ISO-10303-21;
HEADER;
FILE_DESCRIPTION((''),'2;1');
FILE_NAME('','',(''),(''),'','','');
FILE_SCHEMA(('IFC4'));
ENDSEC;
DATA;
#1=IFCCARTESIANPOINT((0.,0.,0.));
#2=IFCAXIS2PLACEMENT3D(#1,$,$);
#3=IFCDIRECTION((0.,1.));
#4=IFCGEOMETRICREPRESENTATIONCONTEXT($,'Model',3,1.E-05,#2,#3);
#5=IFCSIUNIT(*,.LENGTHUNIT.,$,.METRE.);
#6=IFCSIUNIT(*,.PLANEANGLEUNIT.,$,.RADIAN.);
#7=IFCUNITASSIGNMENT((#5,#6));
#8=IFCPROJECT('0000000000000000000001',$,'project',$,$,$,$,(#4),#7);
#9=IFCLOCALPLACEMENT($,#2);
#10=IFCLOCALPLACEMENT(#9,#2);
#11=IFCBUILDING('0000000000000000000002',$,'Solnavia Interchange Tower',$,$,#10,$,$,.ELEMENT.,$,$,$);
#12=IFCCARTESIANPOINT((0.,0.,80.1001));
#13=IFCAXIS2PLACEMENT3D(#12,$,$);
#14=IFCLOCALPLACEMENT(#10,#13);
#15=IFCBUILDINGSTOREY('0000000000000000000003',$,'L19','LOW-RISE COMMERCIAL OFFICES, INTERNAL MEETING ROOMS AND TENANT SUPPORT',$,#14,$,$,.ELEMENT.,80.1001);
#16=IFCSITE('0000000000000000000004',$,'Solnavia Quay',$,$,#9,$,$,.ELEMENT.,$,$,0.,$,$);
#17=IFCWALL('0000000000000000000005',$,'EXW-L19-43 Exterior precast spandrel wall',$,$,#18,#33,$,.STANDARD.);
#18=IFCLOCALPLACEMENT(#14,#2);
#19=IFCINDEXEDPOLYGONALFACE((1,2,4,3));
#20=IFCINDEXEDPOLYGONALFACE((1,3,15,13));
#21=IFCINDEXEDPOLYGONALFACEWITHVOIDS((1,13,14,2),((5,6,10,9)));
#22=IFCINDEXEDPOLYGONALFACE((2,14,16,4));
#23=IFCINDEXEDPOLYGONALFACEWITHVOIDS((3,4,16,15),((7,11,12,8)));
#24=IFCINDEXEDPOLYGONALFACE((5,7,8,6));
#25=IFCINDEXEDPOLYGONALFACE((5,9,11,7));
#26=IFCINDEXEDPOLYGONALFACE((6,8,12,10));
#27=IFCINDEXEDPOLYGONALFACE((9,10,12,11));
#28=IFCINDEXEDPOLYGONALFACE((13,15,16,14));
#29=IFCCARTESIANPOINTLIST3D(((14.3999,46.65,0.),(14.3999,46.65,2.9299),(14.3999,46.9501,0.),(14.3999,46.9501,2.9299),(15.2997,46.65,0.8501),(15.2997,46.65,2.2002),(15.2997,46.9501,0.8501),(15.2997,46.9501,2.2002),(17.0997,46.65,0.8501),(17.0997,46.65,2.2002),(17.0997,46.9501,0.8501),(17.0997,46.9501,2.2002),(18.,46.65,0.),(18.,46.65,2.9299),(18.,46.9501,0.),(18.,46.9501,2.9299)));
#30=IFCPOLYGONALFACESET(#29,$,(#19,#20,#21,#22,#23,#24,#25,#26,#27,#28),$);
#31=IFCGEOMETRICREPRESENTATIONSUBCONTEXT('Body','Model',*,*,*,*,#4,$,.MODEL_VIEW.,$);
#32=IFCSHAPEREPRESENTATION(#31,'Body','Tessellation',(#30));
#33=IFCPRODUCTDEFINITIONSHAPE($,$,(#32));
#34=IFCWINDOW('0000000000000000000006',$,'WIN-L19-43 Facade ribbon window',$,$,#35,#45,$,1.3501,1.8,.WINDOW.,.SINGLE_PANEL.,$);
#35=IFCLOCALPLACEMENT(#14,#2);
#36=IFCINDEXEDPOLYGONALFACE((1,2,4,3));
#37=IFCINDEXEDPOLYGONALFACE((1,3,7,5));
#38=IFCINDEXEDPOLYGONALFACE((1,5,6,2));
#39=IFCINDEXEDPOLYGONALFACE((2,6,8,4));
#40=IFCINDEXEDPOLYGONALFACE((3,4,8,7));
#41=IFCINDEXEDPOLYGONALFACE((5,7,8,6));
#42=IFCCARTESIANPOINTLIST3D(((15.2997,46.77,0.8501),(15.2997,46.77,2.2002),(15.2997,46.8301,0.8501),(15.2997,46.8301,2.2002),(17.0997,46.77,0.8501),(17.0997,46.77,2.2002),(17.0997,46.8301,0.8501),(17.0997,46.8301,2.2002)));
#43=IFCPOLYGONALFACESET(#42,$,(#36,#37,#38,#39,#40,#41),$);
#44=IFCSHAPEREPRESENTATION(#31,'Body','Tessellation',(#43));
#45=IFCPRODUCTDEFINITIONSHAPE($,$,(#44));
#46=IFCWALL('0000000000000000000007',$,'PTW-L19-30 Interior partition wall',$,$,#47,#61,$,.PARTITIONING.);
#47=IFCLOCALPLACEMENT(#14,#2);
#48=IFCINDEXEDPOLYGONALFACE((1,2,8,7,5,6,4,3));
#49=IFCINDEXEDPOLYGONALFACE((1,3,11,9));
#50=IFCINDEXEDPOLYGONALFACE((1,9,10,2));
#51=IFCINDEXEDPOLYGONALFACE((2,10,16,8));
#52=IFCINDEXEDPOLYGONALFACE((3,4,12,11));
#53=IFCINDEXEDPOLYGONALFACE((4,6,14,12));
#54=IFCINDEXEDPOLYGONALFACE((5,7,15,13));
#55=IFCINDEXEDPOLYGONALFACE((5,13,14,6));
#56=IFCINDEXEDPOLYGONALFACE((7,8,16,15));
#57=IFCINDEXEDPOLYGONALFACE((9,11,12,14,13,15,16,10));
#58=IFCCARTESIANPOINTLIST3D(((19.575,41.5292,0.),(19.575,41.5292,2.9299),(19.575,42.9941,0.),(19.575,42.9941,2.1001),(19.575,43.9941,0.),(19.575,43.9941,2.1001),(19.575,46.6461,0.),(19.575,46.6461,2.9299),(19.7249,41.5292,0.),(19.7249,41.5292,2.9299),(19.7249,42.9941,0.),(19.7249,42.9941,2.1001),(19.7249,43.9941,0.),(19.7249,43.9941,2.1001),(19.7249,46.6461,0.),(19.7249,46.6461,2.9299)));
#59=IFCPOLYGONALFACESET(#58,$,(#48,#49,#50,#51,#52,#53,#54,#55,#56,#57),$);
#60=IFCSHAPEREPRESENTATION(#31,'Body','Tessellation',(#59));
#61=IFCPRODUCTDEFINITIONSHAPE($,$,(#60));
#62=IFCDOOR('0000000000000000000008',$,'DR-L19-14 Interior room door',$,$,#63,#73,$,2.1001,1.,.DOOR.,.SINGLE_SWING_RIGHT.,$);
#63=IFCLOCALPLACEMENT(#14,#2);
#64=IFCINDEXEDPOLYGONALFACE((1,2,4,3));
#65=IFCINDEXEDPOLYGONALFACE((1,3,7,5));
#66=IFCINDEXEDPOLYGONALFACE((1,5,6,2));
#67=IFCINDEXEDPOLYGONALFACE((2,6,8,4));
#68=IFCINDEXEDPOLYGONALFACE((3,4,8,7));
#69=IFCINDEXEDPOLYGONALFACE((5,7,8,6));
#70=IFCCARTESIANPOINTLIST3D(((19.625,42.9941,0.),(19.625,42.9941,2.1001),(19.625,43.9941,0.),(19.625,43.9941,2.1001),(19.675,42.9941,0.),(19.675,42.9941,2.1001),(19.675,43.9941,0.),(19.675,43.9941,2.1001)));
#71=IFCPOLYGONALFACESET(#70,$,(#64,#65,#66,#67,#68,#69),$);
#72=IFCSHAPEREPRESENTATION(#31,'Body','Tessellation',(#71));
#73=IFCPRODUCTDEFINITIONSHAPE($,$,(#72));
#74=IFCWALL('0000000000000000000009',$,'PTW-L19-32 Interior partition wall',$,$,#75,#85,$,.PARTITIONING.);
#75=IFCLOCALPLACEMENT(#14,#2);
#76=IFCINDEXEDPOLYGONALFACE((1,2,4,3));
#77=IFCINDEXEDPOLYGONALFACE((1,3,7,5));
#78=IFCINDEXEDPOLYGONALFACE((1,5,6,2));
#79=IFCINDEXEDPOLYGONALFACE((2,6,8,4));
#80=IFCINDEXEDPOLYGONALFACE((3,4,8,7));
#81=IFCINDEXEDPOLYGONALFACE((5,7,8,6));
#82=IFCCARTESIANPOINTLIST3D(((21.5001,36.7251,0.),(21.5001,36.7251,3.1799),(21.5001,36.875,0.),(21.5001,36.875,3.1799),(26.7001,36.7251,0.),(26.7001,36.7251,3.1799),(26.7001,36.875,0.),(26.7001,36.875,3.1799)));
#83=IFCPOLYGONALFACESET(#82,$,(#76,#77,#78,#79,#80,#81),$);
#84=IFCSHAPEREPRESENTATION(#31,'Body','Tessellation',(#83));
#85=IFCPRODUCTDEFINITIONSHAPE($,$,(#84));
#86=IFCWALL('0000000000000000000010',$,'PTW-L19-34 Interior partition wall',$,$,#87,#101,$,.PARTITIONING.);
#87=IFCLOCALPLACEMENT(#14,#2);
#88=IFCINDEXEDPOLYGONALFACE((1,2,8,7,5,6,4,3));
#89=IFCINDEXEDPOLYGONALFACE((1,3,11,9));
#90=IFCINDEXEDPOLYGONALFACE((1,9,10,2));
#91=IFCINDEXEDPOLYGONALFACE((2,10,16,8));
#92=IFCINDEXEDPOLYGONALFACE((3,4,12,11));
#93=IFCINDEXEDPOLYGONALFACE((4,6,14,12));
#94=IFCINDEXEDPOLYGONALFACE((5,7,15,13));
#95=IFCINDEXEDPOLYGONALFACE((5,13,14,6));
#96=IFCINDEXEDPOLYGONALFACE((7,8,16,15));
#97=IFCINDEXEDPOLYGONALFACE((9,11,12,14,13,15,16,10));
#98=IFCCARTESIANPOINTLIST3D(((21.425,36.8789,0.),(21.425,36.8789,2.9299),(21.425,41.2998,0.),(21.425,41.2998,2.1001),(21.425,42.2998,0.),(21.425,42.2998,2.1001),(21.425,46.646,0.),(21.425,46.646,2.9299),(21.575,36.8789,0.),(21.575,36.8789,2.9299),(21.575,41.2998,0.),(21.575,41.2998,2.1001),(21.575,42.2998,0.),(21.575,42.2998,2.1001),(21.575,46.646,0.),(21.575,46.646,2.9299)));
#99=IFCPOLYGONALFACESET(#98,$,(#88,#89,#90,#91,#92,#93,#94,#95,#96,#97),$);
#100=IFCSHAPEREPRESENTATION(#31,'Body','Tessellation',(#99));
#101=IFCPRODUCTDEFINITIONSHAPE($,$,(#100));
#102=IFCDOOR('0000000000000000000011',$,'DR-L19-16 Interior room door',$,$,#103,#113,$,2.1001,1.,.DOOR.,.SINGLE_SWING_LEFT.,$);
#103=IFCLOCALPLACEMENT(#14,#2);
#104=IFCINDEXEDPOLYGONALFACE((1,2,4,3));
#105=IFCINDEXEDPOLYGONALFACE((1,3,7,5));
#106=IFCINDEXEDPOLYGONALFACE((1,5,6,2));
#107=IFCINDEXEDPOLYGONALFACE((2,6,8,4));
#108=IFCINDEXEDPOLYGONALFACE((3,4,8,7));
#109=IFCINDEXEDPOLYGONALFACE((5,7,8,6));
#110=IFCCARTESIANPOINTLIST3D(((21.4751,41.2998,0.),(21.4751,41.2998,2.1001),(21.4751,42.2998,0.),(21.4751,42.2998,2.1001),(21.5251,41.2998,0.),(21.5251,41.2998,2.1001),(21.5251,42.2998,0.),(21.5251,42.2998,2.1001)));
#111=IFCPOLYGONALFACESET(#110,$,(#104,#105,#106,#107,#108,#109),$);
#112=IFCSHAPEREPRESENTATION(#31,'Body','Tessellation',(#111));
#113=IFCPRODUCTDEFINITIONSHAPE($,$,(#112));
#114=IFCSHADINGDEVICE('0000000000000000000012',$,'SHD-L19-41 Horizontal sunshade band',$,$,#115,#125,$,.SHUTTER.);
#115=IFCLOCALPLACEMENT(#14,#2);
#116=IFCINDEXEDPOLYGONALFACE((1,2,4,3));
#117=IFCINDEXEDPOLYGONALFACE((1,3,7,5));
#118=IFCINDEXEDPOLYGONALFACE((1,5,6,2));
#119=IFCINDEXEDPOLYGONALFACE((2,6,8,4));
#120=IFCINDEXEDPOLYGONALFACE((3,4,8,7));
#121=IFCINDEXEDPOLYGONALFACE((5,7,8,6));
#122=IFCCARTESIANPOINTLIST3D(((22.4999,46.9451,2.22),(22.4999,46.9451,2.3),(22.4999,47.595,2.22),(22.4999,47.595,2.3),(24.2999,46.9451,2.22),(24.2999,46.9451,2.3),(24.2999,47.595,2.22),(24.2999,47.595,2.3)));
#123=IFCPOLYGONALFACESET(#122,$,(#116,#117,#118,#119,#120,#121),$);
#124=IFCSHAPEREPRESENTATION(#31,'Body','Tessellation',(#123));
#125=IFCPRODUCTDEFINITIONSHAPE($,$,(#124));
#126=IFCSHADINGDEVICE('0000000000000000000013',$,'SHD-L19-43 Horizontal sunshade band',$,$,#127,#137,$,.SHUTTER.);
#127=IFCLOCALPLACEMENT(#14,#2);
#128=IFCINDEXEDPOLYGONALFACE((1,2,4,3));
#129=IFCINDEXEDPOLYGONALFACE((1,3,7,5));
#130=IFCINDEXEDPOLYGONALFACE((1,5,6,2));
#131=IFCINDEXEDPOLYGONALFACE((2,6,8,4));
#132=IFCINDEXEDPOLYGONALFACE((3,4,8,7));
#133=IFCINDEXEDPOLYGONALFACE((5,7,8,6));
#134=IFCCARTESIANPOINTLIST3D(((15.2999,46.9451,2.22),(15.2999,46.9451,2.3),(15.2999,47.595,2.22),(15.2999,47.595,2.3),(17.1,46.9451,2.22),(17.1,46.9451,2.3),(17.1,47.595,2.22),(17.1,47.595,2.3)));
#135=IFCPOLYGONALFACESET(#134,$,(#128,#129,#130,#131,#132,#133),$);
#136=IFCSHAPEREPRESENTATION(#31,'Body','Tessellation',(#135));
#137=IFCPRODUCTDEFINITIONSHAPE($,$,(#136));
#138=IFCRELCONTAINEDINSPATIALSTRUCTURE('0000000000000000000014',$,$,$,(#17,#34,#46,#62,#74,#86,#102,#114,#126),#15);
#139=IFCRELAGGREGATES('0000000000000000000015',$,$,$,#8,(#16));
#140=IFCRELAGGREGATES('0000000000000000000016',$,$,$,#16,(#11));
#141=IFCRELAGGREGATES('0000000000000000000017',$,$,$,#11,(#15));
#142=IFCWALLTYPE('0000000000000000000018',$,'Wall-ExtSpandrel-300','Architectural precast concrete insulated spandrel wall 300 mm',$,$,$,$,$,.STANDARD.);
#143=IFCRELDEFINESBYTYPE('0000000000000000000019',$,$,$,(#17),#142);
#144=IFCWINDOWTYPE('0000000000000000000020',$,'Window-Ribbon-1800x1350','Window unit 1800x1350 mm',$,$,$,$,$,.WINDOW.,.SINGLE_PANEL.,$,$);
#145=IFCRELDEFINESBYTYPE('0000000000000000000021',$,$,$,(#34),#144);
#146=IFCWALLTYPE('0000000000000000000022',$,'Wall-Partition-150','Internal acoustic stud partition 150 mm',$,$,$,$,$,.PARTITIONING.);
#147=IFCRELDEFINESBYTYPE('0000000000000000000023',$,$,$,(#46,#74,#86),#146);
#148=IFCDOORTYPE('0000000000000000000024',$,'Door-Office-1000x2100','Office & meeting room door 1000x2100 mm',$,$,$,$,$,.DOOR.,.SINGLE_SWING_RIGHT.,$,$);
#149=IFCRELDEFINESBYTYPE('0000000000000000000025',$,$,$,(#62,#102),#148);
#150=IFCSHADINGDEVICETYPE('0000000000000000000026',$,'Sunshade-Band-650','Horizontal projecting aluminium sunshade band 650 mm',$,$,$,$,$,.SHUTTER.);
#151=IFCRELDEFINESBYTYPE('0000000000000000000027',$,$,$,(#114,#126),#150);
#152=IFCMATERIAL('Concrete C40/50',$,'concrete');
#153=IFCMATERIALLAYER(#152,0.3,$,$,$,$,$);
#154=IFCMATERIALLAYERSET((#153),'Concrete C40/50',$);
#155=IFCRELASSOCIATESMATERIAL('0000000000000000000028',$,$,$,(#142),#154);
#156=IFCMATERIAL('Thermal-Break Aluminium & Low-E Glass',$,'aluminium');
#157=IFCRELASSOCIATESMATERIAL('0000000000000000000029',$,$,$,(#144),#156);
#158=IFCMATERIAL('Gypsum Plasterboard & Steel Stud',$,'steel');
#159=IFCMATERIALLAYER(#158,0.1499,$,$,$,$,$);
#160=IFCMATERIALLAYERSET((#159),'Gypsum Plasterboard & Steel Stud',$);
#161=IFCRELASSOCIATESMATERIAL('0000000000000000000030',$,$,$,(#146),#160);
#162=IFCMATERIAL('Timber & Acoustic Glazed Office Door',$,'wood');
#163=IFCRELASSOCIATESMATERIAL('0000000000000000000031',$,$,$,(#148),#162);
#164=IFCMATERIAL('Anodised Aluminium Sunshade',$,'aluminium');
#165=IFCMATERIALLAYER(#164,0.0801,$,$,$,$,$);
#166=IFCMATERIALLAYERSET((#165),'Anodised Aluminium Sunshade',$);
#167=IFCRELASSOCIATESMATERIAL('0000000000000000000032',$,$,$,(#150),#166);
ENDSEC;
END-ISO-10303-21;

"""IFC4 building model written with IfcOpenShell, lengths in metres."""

from ifc_helpers import new_model, si_unit, direction, frame, frame_2d, origin, origin_2d, place, context, subcontext, project, spatial, rectangle, extrude, material, layer, layer_set, type_object, element, fill, save


model = new_model("IFC4")

# Units and contexts
model_context = context("Model", 3, precision=1e-05, world=origin(), true_north=direction((0.0, 1.0)))
body_context = subcontext(model_context, "Body", "Model", "MODEL_VIEW")
ifc_project = project(units=[si_unit("LENGTHUNIT", "METRE"), si_unit("PLANEANGLEUNIT", "RADIAN")], contexts=[model_context])

# Site, building, storey
site_placement = place(None, origin())
site = spatial("IfcSite", under=ifc_project, at=site_placement, Name="Solnavia Quay", CompositionType="ELEMENT", RefElevation=0.0)
building_placement = place(site_placement, origin())
building = spatial("IfcBuilding", under=site, at=building_placement, Name="Solnavia Interchange Tower", CompositionType="ELEMENT")
storey_placement = place(building_placement, frame((0.0, 0.0, 80.1001)))
storey = spatial("IfcBuildingStorey", under=building, at=storey_placement, Name="L19", Description="LOW-RISE COMMERCIAL OFFICES, INTERNAL MEETING ROOMS AND TENANT SUPPORT", CompositionType="ELEMENT", Elevation=80.1001)

# Shared definitions
ifc_material_1 = material(Name="Concrete C40/50", Category="concrete")
ifc_layer_1 = layer(ifc_material_1, 0.3)
ifc_layer_set_1 = layer_set([ifc_layer_1], Name="Concrete C40/50")
wall_type_1 = type_object("IfcWallType", Name="Wall-ExtSpandrel-300", Description="Architectural precast concrete insulated spandrel wall 300 mm", PredefinedType="STANDARD", material=ifc_layer_set_1)
ifc_material_2 = material(Name="Thermal-Break Aluminium & Low-E Glass", Category="aluminium")
window_type = type_object("IfcWindowType", Name="Window-Ribbon-1800x1350", Description="Window unit 1800x1350 mm", PartitioningType="SINGLE_PANEL", PredefinedType="WINDOW", material=ifc_material_2)

# Wall, opening, window
wall_1_placement = place(storey_placement, frame((14.3999, 46.8, 0.0), z_axis=(0.0, 0.0, 1.0), x_axis=(1.0, 0.0, 0.0)))
wall_1 = element("IfcWall", 1, at=wall_1_placement, inside=storey, type_object=wall_type_1, Name="EXW-L19-43 Exterior precast spandrel wall", PredefinedType="STANDARD", context=body_context, shape_type="SweptSolid", body=[
    extrude(rectangle(XDim=3.6001, YDim=0.3, at=frame_2d((1.8, 0.0))), origin(), (0.0, 0.0, 1.0), 2.9299),
])
opening_1_placement = place(wall_1_placement, frame((0.8999, 0.0, 0.8501)))
opening_1 = element("IfcOpeningElement", 2, at=opening_1_placement, cuts=wall_1, PredefinedType="OPENING", context=body_context, shape_type="SweptSolid", body=[
    extrude(rectangle(XDim=1.8, YDim=1.3501, at=frame_2d((0.8999, 0.675))), frame((0.0, 0.1602, 0.0), z_axis=(0.0, -1.0, 0.0), x_axis=(1.0, 0.0, 0.0)), (0.0, 0.0, 1.0), 0.3201),
])
window_1_placement = place(opening_1_placement, origin())
window_1 = element("IfcWindow", 3, at=window_1_placement, inside=storey, type_object=window_type, Name="WIN-L19-43 Facade ribbon window", OverallHeight=1.3501, OverallWidth=1.8, PartitioningType="SINGLE_PANEL", PredefinedType="WINDOW", context=body_context, shape_type="SweptSolid", body=[
    extrude(rectangle(XDim=1.8, YDim=1.3501, at=frame_2d((0.8999, 0.675))), frame((0.0, 0.03, 0.0), z_axis=(0.0, -1.0, 0.0), x_axis=(1.0, 0.0, 0.0)), (0.0, 0.0, 1.0), 0.0601),
])
fill(opening_1, window_1)

# Wall, opening, door
ifc_material_3 = material(Name="Gypsum Plasterboard & Steel Stud", Category="steel")
ifc_layer_2 = layer(ifc_material_3, 0.1499)
ifc_layer_set_2 = layer_set([ifc_layer_2], Name="Gypsum Plasterboard & Steel Stud")
wall_type_2 = type_object("IfcWallType", Name="Wall-Partition-150", Description="Internal acoustic stud partition 150 mm", PredefinedType="PARTITIONING", material=ifc_layer_set_2)
wall_2_placement = place(storey_placement, frame((19.6499, 41.5291, 0.0), z_axis=(0.0, 0.0, 1.0), x_axis=(0.0, 1.0, 0.0)))
wall_2 = element("IfcWall", 4, at=wall_2_placement, inside=storey, type_object=wall_type_2, Name="PTW-L19-30 Interior partition wall", PredefinedType="PARTITIONING", context=body_context, shape_type="SweptSolid", body=[
    extrude(rectangle(XDim=5.1169, YDim=0.1499, at=frame_2d((2.5586, 0.0))), origin(), (0.0, 0.0, 1.0), 2.9299),
])
opening_2_placement = place(wall_2_placement, frame((1.4651, 0.0, 0.0)))
opening_2 = element("IfcOpeningElement", 5, at=opening_2_placement, cuts=wall_2, PredefinedType="OPENING", context=body_context, shape_type="SweptSolid", body=[
    extrude(rectangle(XDim=1.0, YDim=2.1001, at=frame_2d((0.5, 1.05))), frame((0.0, 0.085, 0.0), z_axis=(0.0, -1.0, 0.0), x_axis=(1.0, 0.0, 0.0)), (0.0, 0.0, 1.0), 0.1699),
])
ifc_material_4 = material(Name="Timber & Acoustic Glazed Office Door", Category="wood")
door_type = type_object("IfcDoorType", Name="Door-Office-1000x2100", Description="Office & meeting room door 1000x2100 mm", OperationType="SINGLE_SWING_RIGHT", PredefinedType="DOOR", material=ifc_material_4)
door_1_placement = place(opening_2_placement, origin())
door_1 = element("IfcDoor", 6, at=door_1_placement, inside=storey, type_object=door_type, Name="DR-L19-14 Interior room door", OperationType="SINGLE_SWING_RIGHT", OverallHeight=2.1001, OverallWidth=1.0, PredefinedType="DOOR", context=body_context, shape_type="SweptSolid", body=[
    extrude(rectangle(XDim=1.0, YDim=2.1001, at=frame_2d((0.5, 1.05))), frame((0.0, 0.0249, 0.0), z_axis=(0.0, -1.0, 0.0), x_axis=(1.0, 0.0, 0.0)), (0.0, 0.0, 1.0), 0.05),
])
fill(opening_2, door_1)

# Wall
wall_3_placement = place(storey_placement, frame((21.5, 36.8, 0.0), z_axis=(0.0, 0.0, 1.0), x_axis=(1.0, 0.0, 0.0)))
element("IfcWall", 7, at=wall_3_placement, inside=storey, type_object=wall_type_2, Name="PTW-L19-32 Interior partition wall", PredefinedType="PARTITIONING", context=body_context, shape_type="SweptSolid", body=[
    extrude(rectangle(XDim=5.2, YDim=0.1499, at=frame_2d((2.6001, 0.0))), origin(), (0.0, 0.0, 1.0), 3.1799),
])

# Wall, opening, door
wall_4_placement = place(storey_placement, frame((21.5, 36.8789, 0.0), z_axis=(0.0, 0.0, 1.0), x_axis=(0.0, 1.0, 0.0)))
wall_4 = element("IfcWall", 8, at=wall_4_placement, inside=storey, type_object=wall_type_2, Name="PTW-L19-34 Interior partition wall", PredefinedType="PARTITIONING", context=body_context, shape_type="SweptSolid", body=[
    extrude(rectangle(XDim=9.7671, YDim=0.1499, at=frame_2d((4.8835, 0.0))), origin(), (0.0, 0.0, 1.0), 2.9299),
])
opening_3_placement = place(wall_4_placement, frame((4.4209, 0.0, 0.0)))
opening_3 = element("IfcOpeningElement", 9, at=opening_3_placement, cuts=wall_4, PredefinedType="OPENING", context=body_context, shape_type="SweptSolid", body=[
    extrude(rectangle(XDim=1.0, YDim=2.1001, at=frame_2d((0.5, 1.05))), frame((0.0, 0.085, 0.0), z_axis=(0.0, -1.0, 0.0), x_axis=(1.0, 0.0, 0.0)), (0.0, 0.0, 1.0), 0.1699),
])
door_2_placement = place(opening_3_placement, origin())
door_2 = element("IfcDoor", 10, at=door_2_placement, inside=storey, type_object=door_type, Name="DR-L19-16 Interior room door", OperationType="SINGLE_SWING_LEFT", OverallHeight=2.1001, OverallWidth=1.0, PredefinedType="DOOR", context=body_context, shape_type="SweptSolid", body=[
    extrude(rectangle(XDim=1.0, YDim=2.1001, at=frame_2d((0.5, 1.05))), frame((0.0, 0.0249, 0.0), z_axis=(0.0, -1.0, 0.0), x_axis=(1.0, 0.0, 0.0)), (0.0, 0.0, 1.0), 0.05),
])
fill(opening_3, door_2)

# Shading devices
ifc_material_5 = material(Name="Anodised Aluminium Sunshade", Category="aluminium")
ifc_layer_3 = layer(ifc_material_5, 0.0801)
ifc_layer_set_3 = layer_set([ifc_layer_3], Name="Anodised Aluminium Sunshade")
shading_device_type = type_object("IfcShadingDeviceType", Name="Sunshade-Band-650", Description="Horizontal projecting aluminium sunshade band 650 mm", PredefinedType="SHUTTER", material=ifc_layer_set_3)
for number, where, z_axis, x_axis, name in (
    (11, (23.3999, 47.27, 2.22), (0.0, 0.0, 1.0), (1.0, 0.0, 0.0), "SHD-L19-41 Horizontal sunshade band"),
    (12, (16.2, 47.27, 2.22), (0.0, 0.0, 1.0), (1.0, 0.0, 0.0), "SHD-L19-43 Horizontal sunshade band"),
):
    element("IfcShadingDevice", number, at=place(storey_placement, frame(where, z_axis=z_axis, x_axis=x_axis)), inside=storey, type_object=shading_device_type, Name=name, PredefinedType="SHUTTER", context=body_context, shape_type="SweptSolid", body=[
        extrude(rectangle(XDim=1.8, YDim=0.6499, at=origin_2d()), origin(), (0.0, 0.0, 1.0), 0.0801),
    ])

save(model, "model.ifc")
